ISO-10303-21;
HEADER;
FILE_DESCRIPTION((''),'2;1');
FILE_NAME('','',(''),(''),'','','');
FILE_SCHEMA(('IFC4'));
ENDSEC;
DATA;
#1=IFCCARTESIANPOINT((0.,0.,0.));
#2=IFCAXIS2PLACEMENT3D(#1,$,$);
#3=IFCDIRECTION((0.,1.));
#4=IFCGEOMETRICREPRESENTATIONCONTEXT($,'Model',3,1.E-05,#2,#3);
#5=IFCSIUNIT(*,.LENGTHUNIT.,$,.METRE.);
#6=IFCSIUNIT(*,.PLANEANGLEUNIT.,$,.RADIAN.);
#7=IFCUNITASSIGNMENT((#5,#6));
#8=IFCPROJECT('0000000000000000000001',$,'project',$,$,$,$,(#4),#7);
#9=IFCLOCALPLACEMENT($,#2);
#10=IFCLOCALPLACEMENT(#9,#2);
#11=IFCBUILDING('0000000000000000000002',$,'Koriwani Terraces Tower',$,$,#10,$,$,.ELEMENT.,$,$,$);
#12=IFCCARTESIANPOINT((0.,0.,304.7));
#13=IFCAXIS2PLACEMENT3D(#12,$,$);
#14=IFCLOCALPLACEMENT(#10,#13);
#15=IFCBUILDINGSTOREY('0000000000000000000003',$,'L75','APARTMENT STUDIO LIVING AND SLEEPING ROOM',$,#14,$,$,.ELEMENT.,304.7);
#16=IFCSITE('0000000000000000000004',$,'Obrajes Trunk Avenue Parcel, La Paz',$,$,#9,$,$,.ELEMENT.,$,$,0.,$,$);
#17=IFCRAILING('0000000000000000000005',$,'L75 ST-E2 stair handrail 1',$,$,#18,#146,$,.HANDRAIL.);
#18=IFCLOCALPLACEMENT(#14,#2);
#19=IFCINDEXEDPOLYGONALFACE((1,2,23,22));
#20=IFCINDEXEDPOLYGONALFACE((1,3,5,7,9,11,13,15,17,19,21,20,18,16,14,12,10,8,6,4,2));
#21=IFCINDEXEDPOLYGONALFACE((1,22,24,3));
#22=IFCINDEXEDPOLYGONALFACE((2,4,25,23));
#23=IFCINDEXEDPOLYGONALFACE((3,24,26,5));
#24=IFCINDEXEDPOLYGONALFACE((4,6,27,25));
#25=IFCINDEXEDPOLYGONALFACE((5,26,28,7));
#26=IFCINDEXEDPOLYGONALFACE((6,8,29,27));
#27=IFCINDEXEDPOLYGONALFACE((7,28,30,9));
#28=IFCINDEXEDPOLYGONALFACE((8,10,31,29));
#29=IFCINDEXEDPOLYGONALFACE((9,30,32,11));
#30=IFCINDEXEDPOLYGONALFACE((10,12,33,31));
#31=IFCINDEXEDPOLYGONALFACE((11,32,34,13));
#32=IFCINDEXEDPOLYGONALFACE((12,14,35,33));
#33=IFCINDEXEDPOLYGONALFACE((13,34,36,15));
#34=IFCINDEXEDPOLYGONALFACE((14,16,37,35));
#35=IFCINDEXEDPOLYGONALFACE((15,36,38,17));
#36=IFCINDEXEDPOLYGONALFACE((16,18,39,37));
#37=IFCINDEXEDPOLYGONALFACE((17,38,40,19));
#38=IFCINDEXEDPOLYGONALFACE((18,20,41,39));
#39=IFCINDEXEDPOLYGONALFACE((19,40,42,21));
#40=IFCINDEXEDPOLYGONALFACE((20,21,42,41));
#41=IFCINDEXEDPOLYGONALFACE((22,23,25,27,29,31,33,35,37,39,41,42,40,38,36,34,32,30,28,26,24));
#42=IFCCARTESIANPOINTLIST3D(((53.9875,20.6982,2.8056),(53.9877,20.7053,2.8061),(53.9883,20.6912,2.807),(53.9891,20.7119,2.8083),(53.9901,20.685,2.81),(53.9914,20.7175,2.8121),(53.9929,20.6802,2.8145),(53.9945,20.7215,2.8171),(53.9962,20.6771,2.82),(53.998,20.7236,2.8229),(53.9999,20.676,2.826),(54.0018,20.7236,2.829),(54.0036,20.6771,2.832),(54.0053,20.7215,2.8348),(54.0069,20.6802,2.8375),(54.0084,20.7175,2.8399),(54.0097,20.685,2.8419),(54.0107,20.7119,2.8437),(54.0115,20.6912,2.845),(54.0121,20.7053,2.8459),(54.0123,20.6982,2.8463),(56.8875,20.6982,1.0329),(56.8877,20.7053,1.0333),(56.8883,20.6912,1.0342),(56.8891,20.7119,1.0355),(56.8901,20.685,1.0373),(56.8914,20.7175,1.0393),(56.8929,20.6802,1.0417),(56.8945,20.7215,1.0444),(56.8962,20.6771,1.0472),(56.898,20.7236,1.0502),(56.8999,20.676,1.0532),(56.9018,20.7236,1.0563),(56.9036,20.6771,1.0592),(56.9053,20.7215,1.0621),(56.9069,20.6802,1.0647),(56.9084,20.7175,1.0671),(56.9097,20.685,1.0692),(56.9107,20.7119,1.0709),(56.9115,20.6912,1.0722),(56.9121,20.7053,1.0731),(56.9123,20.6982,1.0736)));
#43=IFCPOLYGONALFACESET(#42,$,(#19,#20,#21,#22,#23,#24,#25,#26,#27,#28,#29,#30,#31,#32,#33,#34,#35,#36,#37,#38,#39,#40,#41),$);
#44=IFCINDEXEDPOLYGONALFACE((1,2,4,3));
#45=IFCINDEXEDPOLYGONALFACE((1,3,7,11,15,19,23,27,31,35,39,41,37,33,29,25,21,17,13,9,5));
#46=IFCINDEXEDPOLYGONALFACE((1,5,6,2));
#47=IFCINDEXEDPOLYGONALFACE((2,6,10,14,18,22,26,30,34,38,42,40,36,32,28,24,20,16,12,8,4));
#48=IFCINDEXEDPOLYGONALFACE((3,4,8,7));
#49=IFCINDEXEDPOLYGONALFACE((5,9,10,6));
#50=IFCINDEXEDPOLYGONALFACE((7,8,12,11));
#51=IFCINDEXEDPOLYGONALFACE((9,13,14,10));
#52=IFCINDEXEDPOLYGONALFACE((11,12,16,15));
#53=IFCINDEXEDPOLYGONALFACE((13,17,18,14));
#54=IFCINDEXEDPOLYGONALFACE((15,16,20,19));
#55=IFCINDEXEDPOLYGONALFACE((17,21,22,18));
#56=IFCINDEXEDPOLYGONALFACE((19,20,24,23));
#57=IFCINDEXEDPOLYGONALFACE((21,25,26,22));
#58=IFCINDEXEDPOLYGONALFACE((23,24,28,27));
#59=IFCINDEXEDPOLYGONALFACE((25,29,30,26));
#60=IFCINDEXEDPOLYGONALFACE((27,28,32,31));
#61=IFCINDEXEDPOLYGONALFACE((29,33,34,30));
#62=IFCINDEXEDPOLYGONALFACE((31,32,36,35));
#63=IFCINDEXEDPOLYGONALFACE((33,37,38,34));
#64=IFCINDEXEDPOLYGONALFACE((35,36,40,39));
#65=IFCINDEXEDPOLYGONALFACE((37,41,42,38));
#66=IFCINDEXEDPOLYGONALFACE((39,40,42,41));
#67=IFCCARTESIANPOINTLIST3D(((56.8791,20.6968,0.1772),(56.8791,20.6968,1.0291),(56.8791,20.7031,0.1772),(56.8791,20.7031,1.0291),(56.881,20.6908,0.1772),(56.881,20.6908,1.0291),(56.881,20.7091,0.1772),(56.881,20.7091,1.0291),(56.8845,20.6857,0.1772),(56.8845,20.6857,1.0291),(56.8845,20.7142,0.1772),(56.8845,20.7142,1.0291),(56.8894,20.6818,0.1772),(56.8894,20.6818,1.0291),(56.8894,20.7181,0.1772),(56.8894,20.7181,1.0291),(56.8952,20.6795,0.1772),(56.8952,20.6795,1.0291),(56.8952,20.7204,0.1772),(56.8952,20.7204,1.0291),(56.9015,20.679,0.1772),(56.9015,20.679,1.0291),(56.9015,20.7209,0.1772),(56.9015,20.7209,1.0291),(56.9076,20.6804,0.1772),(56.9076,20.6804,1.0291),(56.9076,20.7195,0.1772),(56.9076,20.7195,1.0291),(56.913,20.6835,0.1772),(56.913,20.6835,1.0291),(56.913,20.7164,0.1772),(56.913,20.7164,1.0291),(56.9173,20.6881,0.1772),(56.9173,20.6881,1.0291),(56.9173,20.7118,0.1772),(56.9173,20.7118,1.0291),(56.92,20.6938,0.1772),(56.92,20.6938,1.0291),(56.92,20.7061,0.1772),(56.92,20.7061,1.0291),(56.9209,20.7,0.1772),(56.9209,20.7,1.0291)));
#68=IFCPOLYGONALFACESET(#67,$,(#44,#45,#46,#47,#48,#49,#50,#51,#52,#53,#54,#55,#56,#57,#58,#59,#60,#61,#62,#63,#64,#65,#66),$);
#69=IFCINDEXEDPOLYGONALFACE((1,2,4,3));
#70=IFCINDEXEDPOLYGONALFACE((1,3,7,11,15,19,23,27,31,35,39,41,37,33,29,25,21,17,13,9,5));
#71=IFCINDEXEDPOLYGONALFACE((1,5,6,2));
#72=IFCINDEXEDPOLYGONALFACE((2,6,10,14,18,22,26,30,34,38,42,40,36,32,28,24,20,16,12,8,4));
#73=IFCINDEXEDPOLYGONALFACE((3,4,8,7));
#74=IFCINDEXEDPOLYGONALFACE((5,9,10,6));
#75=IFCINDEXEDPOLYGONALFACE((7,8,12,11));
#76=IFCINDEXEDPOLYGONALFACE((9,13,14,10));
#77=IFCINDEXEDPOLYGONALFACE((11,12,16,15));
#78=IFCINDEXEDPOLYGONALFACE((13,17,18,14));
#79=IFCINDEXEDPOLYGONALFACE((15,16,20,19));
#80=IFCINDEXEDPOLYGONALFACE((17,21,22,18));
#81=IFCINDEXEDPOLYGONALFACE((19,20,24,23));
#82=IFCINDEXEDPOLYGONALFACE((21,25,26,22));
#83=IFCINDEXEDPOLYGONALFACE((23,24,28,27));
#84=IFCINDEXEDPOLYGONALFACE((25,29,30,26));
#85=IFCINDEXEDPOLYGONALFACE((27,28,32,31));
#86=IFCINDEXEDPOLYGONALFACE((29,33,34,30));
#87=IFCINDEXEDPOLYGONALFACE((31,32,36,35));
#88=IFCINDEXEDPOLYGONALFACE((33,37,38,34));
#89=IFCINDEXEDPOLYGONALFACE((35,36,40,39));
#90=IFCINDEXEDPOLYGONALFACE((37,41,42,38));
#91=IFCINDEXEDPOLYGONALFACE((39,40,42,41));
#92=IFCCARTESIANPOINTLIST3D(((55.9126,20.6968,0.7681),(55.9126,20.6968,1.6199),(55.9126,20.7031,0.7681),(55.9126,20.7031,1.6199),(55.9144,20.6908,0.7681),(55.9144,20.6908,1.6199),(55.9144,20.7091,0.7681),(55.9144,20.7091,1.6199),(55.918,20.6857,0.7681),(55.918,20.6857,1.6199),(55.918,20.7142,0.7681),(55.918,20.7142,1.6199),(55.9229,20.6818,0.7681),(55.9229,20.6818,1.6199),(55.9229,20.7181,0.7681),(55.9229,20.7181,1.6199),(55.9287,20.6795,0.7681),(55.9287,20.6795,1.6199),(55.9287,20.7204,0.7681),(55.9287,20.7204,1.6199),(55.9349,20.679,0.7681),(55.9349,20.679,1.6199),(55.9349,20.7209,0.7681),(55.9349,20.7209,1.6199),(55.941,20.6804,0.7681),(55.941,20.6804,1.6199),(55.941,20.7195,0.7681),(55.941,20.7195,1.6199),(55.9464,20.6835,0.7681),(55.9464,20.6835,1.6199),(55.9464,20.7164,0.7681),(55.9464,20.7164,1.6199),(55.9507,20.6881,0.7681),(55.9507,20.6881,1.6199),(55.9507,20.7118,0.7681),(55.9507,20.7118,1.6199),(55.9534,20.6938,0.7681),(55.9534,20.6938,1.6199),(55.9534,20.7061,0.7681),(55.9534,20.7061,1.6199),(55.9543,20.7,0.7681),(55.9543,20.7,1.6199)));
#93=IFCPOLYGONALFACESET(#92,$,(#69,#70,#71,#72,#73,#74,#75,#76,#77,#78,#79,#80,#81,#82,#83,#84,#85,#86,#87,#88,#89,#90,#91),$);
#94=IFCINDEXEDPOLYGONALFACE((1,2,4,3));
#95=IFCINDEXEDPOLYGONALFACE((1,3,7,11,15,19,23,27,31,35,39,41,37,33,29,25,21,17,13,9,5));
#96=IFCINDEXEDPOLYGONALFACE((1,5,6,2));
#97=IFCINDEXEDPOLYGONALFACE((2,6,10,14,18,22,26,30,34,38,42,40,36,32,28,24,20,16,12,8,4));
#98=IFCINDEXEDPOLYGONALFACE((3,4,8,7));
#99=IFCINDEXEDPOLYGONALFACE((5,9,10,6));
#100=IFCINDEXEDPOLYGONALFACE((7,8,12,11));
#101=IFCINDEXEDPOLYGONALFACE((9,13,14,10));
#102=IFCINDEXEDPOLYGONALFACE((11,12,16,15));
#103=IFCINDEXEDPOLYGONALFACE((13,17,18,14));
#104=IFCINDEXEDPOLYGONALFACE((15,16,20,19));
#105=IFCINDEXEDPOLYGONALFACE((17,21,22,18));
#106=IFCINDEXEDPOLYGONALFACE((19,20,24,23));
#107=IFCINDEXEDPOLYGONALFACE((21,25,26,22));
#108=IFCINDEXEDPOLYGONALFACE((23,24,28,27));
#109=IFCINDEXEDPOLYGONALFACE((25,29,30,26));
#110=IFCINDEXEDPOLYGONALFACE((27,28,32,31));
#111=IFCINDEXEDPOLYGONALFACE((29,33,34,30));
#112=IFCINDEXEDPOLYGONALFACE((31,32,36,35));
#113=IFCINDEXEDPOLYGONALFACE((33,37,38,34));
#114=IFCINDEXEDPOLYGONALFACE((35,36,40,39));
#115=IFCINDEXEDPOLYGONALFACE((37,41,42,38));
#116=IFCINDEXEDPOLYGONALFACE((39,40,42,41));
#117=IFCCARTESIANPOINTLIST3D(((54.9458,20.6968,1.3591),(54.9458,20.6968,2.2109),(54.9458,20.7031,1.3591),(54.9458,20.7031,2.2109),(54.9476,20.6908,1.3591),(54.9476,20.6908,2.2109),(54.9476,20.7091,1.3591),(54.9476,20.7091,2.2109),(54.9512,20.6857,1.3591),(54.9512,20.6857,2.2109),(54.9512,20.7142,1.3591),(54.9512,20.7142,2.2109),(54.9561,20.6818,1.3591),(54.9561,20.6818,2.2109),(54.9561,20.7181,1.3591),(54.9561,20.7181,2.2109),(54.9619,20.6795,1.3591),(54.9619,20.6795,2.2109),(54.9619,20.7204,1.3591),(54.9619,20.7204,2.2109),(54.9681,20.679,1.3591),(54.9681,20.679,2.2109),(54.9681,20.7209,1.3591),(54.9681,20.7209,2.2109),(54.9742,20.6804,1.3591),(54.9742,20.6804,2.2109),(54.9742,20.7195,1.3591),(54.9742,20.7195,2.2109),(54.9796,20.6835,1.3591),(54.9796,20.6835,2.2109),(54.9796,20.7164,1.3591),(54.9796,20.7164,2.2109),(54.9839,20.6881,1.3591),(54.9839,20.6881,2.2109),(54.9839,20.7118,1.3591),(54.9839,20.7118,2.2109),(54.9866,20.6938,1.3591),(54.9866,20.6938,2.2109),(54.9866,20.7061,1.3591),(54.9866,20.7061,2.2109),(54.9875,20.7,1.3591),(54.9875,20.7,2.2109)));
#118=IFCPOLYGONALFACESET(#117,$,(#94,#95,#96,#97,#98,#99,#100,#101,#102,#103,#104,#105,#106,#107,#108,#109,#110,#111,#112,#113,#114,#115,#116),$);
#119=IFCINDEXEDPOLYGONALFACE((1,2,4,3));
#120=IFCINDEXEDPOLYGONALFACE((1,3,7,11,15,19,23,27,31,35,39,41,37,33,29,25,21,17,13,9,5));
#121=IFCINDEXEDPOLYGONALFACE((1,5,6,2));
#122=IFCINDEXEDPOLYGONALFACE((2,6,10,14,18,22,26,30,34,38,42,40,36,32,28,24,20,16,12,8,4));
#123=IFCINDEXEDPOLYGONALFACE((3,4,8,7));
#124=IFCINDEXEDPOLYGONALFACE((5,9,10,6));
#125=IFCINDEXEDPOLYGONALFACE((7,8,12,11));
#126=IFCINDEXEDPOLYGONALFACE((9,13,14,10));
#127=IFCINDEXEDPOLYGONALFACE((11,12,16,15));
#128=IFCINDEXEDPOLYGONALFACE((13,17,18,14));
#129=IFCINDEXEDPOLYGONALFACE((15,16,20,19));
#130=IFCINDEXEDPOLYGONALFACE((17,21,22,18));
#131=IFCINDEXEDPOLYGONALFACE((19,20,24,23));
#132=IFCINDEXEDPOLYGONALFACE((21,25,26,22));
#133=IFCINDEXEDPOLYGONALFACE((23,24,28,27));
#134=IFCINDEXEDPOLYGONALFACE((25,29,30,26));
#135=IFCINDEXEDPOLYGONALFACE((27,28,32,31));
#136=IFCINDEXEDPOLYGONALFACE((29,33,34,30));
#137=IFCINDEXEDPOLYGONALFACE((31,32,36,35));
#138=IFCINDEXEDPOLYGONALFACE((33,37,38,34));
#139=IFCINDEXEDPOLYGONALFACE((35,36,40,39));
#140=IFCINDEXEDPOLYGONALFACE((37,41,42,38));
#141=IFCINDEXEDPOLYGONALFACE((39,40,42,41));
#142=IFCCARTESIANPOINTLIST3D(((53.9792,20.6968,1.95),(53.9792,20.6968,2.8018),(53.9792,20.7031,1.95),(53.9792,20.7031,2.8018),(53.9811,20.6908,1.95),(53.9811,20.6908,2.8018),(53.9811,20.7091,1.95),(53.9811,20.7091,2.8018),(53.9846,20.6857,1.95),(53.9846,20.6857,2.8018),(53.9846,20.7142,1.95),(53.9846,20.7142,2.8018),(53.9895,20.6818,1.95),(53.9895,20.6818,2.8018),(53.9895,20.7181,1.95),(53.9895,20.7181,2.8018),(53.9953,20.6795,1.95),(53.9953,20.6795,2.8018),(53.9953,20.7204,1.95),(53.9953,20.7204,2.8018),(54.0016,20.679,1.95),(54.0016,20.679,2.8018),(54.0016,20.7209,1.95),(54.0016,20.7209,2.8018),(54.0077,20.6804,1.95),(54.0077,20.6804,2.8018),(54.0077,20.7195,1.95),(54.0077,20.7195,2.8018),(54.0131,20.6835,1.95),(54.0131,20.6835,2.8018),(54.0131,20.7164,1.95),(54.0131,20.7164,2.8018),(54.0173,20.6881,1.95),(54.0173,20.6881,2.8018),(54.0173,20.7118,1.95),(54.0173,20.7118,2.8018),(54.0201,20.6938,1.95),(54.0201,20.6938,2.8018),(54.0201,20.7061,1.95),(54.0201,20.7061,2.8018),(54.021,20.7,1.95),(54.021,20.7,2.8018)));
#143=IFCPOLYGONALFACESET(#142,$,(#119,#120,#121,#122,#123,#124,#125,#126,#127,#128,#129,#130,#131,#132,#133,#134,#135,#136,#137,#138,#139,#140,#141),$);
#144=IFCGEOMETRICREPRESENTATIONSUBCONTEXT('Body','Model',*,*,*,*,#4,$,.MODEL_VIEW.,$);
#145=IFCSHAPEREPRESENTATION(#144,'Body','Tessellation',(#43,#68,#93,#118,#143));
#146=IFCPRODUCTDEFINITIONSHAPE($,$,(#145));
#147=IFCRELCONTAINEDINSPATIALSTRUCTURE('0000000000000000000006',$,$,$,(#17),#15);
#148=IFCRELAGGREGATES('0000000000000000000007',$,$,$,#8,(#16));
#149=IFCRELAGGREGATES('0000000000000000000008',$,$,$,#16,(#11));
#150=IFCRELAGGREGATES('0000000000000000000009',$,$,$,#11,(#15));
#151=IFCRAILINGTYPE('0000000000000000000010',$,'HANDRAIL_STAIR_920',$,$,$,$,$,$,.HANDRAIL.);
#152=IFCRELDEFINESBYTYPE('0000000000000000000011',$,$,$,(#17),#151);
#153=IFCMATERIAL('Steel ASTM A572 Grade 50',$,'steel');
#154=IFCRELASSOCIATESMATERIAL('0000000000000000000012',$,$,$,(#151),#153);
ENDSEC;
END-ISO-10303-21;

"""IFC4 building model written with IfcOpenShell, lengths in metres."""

from ifc_helpers import new_model, si_unit, direction, frame, origin, origin_2d, place, context, subcontext, project, spatial, circle, extrude, material, type_object, element, save


model = new_model("IFC4")

# Units and contexts
model_context = context("Model", 3, precision=1e-05, world=origin(), true_north=direction((0.0, 1.0)))
body_context = subcontext(model_context, "Body", "Model", "MODEL_VIEW")
ifc_project = project(units=[si_unit("LENGTHUNIT", "METRE"), si_unit("PLANEANGLEUNIT", "RADIAN")], contexts=[model_context])

# Site, building, storey
site_placement = place(None, origin())
site = spatial("IfcSite", under=ifc_project, at=site_placement, Name="Obrajes Trunk Avenue Parcel, La Paz", CompositionType="ELEMENT", RefElevation=0.0)
building_placement = place(site_placement, origin())
building = spatial("IfcBuilding", under=site, at=building_placement, Name="Koriwani Terraces Tower", CompositionType="ELEMENT")
storey_placement = place(building_placement, frame((0.0, 0.0, 304.7)))
storey = spatial("IfcBuildingStorey", under=building, at=storey_placement, Name="L75", Description="APARTMENT STUDIO LIVING AND SLEEPING ROOM", CompositionType="ELEMENT", Elevation=304.7)

# Shared definitions
ifc_material_1 = material(Name="Steel ASTM A572 Grade 50", Category="steel")

# Railing
railing_type_1 = type_object("IfcRailingType", Name="HANDRAIL_STAIR_920", PredefinedType="HANDRAIL", material=ifc_material_1)
railing_1_placement = place(storey_placement, frame((56.8999, 20.7, 0.1772)))
element("IfcRailing", 1, at=railing_1_placement, inside=storey, type_object=railing_type_1, Name="L75 ST-E2 stair handrail 1", PredefinedType="HANDRAIL", context=body_context, shape_type="SweptSolid", body=[
    extrude(circle(Radius=0.0239, at=origin_2d()), frame((0.0, 0.0, 0.876), z_axis=(-0.853211, 0.0, 0.521566), x_axis=(0.0, -1.0, 0.0)), (0.0, 0.0, 1.0), 3.3989),
    extrude(circle(Radius=0.021, at=origin_2d()), origin(), (0.0, 0.0, 1.0), 0.8518),
    extrude(circle(Radius=0.021, at=origin_2d()), frame((-0.9666, 0.0, 0.5908)), (0.0, 0.0, 1.0), 0.8518),
    extrude(circle(Radius=0.021, at=origin_2d()), frame((-1.9333, 0.0, 1.1819)), (0.0, 0.0, 1.0), 0.8518),
    extrude(circle(Radius=0.021, at=origin_2d()), frame((-2.8999, 0.0, 1.7727)), (0.0, 0.0, 1.0), 0.8518),
])

save(model, "model.ifc")
